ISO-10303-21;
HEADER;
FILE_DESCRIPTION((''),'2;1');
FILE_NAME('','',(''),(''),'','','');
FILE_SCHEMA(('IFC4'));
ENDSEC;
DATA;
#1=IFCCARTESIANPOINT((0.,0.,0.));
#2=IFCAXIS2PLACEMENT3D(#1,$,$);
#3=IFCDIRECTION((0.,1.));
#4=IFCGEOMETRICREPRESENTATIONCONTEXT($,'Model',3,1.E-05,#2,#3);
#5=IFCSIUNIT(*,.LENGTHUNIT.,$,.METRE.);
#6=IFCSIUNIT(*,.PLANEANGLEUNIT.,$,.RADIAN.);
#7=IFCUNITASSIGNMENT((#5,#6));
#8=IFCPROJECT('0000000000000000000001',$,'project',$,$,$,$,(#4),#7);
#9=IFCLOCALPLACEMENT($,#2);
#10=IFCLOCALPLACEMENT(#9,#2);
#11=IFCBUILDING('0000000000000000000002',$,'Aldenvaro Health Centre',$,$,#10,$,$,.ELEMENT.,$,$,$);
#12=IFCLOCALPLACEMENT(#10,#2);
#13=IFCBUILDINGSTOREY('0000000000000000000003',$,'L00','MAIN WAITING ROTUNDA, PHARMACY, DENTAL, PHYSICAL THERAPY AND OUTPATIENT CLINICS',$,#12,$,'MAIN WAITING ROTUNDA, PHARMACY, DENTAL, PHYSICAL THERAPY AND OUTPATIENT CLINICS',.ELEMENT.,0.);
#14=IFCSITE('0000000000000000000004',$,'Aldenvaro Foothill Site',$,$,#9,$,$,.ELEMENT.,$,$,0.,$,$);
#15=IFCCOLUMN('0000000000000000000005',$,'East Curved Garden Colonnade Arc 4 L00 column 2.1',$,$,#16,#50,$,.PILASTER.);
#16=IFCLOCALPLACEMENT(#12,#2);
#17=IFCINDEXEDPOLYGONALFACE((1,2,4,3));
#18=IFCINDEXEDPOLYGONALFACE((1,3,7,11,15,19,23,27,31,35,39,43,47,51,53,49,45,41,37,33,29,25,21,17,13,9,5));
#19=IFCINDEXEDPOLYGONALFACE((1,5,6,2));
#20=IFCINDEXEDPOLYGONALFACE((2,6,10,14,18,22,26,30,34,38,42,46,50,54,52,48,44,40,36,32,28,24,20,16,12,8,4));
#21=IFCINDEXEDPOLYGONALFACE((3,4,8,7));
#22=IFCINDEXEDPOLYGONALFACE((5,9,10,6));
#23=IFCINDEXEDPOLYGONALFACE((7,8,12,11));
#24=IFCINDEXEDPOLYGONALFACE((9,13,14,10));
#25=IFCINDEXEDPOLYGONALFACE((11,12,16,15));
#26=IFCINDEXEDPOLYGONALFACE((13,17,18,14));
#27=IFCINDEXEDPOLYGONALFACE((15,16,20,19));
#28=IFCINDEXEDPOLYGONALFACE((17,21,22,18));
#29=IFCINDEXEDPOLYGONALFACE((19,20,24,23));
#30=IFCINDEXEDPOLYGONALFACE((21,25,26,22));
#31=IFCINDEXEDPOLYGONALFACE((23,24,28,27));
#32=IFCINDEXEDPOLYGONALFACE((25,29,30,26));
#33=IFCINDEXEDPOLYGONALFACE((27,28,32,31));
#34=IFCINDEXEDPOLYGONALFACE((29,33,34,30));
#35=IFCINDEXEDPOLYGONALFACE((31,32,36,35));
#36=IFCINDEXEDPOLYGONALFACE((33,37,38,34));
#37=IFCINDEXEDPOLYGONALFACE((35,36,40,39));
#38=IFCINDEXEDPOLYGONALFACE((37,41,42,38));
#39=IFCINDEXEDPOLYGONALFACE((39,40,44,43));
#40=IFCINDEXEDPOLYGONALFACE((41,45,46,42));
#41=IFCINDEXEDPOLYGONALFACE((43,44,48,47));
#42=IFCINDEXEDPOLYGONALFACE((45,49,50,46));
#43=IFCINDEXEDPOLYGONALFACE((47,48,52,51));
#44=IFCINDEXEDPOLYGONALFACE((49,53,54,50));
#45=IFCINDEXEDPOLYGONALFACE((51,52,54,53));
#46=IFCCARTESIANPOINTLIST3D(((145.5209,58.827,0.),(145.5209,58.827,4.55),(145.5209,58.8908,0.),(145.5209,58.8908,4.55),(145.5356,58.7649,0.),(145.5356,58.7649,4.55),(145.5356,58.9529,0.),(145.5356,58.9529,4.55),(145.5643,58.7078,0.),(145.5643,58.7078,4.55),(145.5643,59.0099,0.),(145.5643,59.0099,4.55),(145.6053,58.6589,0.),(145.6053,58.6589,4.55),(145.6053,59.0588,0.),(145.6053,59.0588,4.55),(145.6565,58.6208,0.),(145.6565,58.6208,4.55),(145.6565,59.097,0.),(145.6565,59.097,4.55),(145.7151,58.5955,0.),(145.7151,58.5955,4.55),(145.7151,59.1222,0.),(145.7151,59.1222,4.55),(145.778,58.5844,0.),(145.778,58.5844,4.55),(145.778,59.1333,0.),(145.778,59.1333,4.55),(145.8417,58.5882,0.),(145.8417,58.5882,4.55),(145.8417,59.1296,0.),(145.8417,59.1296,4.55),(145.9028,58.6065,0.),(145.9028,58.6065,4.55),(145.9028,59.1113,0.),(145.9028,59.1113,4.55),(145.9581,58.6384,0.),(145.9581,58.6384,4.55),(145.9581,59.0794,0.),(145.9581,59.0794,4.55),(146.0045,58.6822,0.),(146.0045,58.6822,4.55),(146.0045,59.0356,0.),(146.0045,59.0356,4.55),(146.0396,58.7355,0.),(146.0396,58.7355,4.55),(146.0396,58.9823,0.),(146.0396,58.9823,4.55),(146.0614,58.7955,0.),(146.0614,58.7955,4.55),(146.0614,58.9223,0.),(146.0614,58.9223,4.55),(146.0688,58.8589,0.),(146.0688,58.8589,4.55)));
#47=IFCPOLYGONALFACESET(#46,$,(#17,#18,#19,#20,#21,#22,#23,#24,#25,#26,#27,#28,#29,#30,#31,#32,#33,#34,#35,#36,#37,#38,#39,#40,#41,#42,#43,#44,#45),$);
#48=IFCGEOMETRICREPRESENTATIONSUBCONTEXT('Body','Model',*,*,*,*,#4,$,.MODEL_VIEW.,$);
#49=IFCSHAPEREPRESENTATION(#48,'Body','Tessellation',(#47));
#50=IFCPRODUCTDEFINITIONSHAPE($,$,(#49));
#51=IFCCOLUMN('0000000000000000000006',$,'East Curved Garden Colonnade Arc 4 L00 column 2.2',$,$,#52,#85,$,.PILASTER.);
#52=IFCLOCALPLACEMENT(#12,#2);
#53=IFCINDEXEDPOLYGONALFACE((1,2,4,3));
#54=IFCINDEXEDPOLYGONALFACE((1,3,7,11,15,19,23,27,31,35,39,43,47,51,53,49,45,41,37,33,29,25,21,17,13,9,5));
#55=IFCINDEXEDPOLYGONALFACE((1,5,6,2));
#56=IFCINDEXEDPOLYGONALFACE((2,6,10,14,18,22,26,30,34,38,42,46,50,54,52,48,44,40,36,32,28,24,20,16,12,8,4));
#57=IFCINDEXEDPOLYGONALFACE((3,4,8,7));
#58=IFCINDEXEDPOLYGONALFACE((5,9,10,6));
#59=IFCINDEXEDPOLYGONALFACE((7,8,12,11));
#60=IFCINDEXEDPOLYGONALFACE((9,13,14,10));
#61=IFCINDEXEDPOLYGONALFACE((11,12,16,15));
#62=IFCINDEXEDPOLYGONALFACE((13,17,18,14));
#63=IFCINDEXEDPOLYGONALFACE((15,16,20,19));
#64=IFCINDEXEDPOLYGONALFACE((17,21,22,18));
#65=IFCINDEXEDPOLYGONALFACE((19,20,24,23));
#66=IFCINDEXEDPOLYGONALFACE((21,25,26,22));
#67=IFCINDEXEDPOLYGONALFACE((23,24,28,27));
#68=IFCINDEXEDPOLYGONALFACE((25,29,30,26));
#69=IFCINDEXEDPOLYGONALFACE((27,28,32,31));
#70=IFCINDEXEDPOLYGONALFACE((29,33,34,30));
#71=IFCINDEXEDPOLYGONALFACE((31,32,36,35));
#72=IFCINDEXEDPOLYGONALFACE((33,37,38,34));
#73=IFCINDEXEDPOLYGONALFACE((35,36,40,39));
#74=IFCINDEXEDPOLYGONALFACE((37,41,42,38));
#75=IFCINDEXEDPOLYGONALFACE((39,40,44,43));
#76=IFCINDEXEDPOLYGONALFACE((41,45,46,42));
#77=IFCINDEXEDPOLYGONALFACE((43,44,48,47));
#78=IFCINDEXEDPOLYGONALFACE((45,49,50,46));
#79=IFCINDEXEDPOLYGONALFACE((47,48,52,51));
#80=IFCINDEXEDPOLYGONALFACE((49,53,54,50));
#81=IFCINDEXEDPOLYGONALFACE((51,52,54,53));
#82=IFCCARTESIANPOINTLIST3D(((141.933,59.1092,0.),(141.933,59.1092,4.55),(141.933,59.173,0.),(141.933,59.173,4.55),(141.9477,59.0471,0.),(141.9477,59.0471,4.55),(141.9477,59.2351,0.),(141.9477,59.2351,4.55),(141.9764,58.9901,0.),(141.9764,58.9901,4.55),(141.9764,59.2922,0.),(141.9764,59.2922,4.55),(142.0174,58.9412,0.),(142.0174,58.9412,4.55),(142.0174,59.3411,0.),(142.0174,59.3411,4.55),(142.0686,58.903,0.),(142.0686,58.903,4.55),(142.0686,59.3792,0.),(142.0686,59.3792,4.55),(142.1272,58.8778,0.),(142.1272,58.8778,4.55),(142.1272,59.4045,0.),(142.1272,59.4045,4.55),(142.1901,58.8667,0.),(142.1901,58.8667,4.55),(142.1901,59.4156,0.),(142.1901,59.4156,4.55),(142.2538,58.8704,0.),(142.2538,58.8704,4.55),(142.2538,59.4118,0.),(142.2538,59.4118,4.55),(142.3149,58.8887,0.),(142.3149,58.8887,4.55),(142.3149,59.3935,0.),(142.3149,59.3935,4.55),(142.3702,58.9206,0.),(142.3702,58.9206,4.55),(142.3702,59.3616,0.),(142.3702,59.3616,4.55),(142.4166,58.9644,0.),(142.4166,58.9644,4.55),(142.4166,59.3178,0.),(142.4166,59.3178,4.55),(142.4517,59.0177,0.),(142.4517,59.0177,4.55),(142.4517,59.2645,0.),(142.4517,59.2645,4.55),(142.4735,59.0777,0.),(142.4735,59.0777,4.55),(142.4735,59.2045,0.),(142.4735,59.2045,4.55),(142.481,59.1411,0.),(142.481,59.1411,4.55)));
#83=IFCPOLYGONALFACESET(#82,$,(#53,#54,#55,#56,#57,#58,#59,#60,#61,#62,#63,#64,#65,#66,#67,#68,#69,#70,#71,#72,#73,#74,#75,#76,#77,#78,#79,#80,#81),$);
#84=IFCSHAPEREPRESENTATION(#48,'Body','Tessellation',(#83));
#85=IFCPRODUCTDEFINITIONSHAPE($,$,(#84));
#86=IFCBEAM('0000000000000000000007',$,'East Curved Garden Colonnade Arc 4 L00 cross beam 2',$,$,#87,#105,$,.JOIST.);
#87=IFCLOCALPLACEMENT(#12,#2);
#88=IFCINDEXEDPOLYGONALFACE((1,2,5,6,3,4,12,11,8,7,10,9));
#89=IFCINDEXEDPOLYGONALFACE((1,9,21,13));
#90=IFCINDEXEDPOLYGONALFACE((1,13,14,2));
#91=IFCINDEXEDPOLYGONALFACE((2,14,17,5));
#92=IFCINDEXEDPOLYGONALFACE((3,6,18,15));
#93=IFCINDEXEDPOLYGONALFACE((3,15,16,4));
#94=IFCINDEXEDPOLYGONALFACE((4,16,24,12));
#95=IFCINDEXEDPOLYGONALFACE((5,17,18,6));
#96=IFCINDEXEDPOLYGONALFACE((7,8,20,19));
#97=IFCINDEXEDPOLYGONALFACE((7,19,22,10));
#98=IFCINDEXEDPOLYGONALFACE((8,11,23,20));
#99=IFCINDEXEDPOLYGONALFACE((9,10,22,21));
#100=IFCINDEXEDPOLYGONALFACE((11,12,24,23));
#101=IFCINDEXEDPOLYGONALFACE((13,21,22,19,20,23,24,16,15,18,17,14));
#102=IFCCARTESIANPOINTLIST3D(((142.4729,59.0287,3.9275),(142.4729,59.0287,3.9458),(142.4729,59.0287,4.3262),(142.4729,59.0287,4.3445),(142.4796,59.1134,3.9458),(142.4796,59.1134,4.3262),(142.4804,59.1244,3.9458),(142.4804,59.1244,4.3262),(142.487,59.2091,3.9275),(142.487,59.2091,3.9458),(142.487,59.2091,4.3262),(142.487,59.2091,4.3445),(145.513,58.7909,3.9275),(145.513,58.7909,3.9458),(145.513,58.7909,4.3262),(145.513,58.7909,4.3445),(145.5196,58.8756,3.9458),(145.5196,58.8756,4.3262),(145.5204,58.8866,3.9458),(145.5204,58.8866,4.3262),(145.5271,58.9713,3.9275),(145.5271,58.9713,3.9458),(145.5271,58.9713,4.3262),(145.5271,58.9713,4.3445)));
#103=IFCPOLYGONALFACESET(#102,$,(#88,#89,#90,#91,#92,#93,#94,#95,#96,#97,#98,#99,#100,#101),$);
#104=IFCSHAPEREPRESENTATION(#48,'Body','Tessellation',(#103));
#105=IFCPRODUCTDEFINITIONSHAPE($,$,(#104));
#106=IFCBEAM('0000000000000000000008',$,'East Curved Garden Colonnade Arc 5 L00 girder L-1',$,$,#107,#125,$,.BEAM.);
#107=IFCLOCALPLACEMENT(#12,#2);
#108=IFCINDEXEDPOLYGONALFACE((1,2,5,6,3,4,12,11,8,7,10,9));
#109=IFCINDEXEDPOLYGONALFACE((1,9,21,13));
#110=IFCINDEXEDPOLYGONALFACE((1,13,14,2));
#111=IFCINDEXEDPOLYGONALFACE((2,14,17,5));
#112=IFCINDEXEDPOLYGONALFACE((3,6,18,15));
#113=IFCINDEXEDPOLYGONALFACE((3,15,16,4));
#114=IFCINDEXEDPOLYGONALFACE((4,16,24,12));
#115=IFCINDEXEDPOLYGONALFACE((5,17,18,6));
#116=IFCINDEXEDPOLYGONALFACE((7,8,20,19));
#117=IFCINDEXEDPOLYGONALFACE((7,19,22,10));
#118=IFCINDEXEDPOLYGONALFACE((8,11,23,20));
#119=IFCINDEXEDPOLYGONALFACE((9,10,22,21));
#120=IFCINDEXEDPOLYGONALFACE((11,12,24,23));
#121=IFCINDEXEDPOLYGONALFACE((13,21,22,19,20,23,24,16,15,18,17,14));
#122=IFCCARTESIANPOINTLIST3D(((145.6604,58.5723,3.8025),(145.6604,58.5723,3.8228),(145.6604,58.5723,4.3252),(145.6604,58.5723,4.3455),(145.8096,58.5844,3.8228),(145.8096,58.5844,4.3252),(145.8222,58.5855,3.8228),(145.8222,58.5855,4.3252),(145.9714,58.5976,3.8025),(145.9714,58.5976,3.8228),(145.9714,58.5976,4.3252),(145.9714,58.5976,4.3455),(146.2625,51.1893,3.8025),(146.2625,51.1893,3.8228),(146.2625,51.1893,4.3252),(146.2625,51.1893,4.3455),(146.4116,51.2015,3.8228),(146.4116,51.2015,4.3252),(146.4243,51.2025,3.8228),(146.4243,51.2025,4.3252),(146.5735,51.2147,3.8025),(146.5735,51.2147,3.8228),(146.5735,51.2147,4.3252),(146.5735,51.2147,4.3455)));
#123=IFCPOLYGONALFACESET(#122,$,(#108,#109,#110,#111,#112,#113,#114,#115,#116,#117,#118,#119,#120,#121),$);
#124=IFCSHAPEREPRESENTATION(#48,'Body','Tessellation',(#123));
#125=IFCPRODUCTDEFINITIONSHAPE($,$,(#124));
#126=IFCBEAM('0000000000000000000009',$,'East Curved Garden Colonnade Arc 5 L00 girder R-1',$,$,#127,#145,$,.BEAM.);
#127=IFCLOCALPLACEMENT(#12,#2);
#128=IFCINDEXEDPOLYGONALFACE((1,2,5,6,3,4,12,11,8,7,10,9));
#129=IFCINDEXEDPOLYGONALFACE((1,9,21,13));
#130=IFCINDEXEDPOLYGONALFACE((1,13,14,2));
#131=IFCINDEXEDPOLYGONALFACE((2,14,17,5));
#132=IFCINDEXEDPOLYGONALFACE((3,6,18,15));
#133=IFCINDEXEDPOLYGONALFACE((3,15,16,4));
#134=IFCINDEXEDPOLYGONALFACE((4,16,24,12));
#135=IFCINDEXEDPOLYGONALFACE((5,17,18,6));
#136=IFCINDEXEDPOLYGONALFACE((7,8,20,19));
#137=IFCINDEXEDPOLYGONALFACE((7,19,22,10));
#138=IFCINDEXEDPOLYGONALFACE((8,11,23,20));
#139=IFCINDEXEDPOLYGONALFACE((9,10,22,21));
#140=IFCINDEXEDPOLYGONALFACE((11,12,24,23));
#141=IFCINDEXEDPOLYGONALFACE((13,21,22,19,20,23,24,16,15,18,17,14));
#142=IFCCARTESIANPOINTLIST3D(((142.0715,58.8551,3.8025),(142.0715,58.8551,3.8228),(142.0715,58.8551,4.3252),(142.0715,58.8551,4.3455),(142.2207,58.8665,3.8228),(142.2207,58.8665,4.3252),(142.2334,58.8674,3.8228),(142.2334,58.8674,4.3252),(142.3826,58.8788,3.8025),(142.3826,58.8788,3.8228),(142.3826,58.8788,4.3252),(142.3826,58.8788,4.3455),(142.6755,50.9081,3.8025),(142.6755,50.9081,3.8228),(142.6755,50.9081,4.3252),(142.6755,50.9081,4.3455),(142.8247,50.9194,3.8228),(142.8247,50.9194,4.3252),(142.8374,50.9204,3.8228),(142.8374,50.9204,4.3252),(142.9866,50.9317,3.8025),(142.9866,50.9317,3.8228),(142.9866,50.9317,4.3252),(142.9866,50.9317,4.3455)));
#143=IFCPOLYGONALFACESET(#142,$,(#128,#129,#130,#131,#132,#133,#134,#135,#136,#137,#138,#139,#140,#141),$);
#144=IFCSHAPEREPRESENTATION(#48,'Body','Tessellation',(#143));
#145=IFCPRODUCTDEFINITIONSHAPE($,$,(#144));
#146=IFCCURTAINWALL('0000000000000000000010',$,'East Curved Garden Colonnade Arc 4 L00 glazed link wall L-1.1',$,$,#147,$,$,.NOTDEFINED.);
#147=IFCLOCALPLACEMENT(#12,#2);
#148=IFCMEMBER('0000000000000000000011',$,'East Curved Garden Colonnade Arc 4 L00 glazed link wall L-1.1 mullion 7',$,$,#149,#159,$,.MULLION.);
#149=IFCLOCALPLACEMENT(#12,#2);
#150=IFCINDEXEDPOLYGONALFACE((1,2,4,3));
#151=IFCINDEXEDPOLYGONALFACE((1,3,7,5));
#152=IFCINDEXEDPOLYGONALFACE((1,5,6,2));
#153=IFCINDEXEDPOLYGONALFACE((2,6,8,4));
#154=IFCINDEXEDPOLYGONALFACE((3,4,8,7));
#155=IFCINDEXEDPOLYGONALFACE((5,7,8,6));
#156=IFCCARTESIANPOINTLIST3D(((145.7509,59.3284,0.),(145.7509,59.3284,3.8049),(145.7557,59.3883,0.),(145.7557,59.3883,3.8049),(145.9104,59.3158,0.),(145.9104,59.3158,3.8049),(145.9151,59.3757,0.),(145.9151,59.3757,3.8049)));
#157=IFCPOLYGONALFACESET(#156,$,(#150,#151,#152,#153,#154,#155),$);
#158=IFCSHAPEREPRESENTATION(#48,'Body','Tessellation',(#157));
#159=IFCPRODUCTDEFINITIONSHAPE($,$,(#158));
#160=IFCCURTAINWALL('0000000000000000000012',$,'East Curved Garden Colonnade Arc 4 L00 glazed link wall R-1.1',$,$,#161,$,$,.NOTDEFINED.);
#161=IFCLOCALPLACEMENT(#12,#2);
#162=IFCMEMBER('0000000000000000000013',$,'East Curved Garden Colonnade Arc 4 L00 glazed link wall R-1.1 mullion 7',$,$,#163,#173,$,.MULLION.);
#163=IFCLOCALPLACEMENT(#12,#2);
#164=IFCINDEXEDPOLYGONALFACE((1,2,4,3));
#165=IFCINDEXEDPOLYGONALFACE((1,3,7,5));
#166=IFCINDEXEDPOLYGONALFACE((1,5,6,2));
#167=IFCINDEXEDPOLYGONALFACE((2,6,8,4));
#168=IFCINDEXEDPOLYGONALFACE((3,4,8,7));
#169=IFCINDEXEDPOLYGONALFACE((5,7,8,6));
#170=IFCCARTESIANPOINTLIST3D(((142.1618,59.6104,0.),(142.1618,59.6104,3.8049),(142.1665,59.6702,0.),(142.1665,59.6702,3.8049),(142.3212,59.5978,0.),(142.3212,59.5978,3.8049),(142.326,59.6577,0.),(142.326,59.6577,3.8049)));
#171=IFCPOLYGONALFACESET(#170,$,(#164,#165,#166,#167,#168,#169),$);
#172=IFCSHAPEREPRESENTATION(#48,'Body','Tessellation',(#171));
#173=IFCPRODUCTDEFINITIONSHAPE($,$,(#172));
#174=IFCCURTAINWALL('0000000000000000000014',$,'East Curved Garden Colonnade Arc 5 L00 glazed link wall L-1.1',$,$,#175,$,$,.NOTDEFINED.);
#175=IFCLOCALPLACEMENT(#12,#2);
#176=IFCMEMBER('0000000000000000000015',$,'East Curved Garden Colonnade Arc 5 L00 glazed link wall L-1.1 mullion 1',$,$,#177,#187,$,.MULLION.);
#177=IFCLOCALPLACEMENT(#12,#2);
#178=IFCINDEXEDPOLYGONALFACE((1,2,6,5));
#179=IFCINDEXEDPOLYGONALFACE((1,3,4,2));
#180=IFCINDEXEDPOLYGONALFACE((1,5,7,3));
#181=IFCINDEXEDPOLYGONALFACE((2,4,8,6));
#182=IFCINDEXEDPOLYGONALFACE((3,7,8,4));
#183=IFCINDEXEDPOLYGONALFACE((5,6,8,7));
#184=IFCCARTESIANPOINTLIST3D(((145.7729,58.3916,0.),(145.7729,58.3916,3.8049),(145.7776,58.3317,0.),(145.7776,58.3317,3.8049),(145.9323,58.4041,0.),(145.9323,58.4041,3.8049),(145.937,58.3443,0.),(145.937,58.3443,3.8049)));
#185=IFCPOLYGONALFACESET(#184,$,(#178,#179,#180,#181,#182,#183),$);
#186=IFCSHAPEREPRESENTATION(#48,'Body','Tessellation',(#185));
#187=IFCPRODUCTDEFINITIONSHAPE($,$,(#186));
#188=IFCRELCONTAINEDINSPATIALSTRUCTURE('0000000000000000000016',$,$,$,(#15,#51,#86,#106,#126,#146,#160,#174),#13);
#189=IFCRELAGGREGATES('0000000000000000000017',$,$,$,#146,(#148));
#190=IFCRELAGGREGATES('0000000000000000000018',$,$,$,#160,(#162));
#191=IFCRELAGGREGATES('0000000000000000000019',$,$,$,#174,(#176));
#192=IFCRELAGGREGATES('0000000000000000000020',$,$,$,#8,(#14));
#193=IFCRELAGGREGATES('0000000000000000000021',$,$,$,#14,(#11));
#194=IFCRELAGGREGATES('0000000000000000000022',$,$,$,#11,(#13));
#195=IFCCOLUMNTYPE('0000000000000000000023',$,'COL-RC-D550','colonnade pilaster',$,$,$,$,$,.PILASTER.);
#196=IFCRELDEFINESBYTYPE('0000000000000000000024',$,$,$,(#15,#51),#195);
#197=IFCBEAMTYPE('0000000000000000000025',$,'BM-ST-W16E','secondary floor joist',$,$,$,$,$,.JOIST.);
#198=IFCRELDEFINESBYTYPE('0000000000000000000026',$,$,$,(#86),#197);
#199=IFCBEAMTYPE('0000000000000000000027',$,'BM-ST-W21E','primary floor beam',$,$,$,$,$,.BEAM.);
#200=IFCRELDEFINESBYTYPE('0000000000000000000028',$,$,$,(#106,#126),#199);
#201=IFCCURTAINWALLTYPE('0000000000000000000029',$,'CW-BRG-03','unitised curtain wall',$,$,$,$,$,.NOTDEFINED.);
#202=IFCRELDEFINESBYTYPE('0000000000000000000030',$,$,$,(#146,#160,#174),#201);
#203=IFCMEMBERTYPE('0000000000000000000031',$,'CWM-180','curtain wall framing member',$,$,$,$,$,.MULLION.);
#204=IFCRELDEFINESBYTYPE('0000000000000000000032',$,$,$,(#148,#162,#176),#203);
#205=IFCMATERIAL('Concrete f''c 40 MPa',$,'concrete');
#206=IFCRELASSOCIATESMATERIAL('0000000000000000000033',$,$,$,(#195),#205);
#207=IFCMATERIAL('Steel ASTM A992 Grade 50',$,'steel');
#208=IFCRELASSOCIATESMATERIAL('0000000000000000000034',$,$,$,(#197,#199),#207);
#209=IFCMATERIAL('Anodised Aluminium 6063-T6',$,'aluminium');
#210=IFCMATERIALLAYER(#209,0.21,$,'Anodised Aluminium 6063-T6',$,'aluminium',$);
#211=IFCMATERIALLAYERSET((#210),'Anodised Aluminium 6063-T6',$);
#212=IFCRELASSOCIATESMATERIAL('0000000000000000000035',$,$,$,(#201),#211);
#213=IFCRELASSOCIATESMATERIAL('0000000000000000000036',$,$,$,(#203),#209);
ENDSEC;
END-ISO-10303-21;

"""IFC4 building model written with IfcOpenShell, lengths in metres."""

from ifc_helpers import new_model, si_unit, direction, frame, origin, origin_2d, place, context, subcontext, project, spatial, rectangle, circle, i_section, extrude, material, layer, layer_set, material_profile, profile_set, type_object, element, aggregate, save


model = new_model("IFC4")

# Units and contexts
model_context = context("Model", 3, precision=1e-05, world=origin(), true_north=direction((0.0, 1.0)))
body_context = subcontext(model_context, "Body", "Model", "MODEL_VIEW")
ifc_project = project(units=[si_unit("LENGTHUNIT", "METRE"), si_unit("PLANEANGLEUNIT", "RADIAN")], contexts=[model_context])

# Site, building, storey
site_placement = place(None, origin())
site = spatial("IfcSite", under=ifc_project, at=site_placement, Name="Aldenvaro Foothill Site", CompositionType="ELEMENT", RefElevation=0.0)
building_placement = place(site_placement, origin())
building = spatial("IfcBuilding", under=site, at=building_placement, Name="Aldenvaro Health Centre", CompositionType="ELEMENT")
storey_placement = place(building_placement, origin())
storey = spatial("IfcBuildingStorey", under=building, at=storey_placement, Name="L00", Description="MAIN WAITING ROTUNDA, PHARMACY, DENTAL, PHYSICAL THERAPY AND OUTPATIENT CLINICS", LongName="MAIN WAITING ROTUNDA, PHARMACY, DENTAL, PHYSICAL THERAPY AND OUTPATIENT CLINICS", CompositionType="ELEMENT", Elevation=0.0)

# Columns
ifc_material_1 = material(Name="Concrete f'c 40 MPa", Category="concrete")
ifc_material_profile_1 = material_profile(ifc_material_1, circle(Radius=0.2749, at=origin_2d()), Name="RC D550", Category="concrete")
ifc_profile_set_1 = profile_set([ifc_material_profile_1], Name="Concrete f'c 40 MPa")
column_type = type_object("IfcColumnType", Name="COL-RC-D550", Description="colonnade pilaster", PredefinedType="PILASTER", material=ifc_profile_set_1)
for number, where, z_axis, x_axis, name in (
    (1, (145.7939, 58.8589, 0.0), (0.0, 0.0, 1.0), (1.0, 0.0, 0.0), "East Curved Garden Colonnade Arc 4 L00 column 2.1"),
    (2, (142.2061, 59.1411, 0.0), (0.0, 0.0, 1.0), (1.0, 0.0, 0.0), "East Curved Garden Colonnade Arc 4 L00 column 2.2"),
):
    element("IfcColumn", number, at=place(storey_placement, frame(where, z_axis=z_axis, x_axis=x_axis)), inside=storey, type_object=column_type, Name=name, PredefinedType="PILASTER", context=body_context, shape_type="SweptSolid", body=[
        extrude(circle(Radius=0.2749, at=origin_2d()), origin(), (0.0, 0.0, 1.0), 4.55),
    ])

# Beams
ifc_material_2 = material(Name="Steel ASTM A992 Grade 50", Category="steel")
ifc_material_profile_2 = material_profile(ifc_material_2, i_section(OverallWidth=0.1809, OverallDepth=0.417, WebThickness=0.011, FlangeThickness=0.0183, at=origin_2d()), Name="W16X57", Category="steel")
ifc_profile_set_2 = profile_set([ifc_material_profile_2], Name="Steel ASTM A992 Grade 50")
beam_type_1 = type_object("IfcBeamType", Name="BM-ST-W16E", Description="secondary floor joist", PredefinedType="JOIST", material=ifc_profile_set_2)
beam_1_placement = place(storey_placement, frame((145.52, 58.8811, 4.136), z_axis=(-0.996955, 0.077982, 0.0), x_axis=(-0.077982, -0.996955, 0.0)))
element("IfcBeam", 3, at=beam_1_placement, inside=storey, type_object=beam_type_1, Name="East Curved Garden Colonnade Arc 4 L00 cross beam 2", PredefinedType="JOIST", context=body_context, shape_type="SweptSolid", body=[
    extrude(i_section(OverallWidth=0.1809, OverallDepth=0.417, WebThickness=0.011, FlangeThickness=0.0183, at=origin_2d()), origin(), (0.0, 0.0, 1.0), 3.0493),
])
ifc_material_profile_3 = material_profile(ifc_material_2, i_section(OverallWidth=0.312, OverallDepth=0.543, WebThickness=0.0127, FlangeThickness=0.0203, at=origin_2d()), Name="W21X101", Category="steel")
ifc_profile_set_3 = profile_set([ifc_material_profile_3], Name="Steel ASTM A992 Grade 50")
beam_type_2 = type_object("IfcBeamType", Name="BM-ST-W21E", Description="primary floor beam", PredefinedType="BEAM", material=ifc_profile_set_3)
beam_2_placement = place(storey_placement, frame((145.8159, 58.585, 4.074), z_axis=(0.081275, -0.996692, 0.0), x_axis=(0.996692, 0.081275, 0.0)))
element("IfcBeam", 4, at=beam_2_placement, inside=storey, type_object=beam_type_2, Name="East Curved Garden Colonnade Arc 5 L00 girder L-1", PredefinedType="BEAM", context=body_context, shape_type="SweptSolid", body=[
    extrude(i_section(OverallWidth=0.312, OverallDepth=0.543, WebThickness=0.0127, FlangeThickness=0.0203, at=origin_2d()), origin(), (0.0, 0.0, 1.0), 7.4075),
])
beam_3_placement = place(storey_placement, frame((142.2271, 58.8669, 4.074), z_axis=(0.075785, -0.997124, 0.0), x_axis=(0.997124, 0.075785, 0.0)))
element("IfcBeam", 5, at=beam_3_placement, inside=storey, type_object=beam_type_2, Name="East Curved Garden Colonnade Arc 5 L00 girder R-1", PredefinedType="BEAM", context=body_context, shape_type="SweptSolid", body=[
    extrude(i_section(OverallWidth=0.312, OverallDepth=0.543, WebThickness=0.0127, FlangeThickness=0.0203, at=origin_2d()), origin(), (0.0, 0.0, 1.0), 7.97),
])

# Curtain walls, members
ifc_material_3 = material(Name="Anodised Aluminium 6063-T6", Category="aluminium")
ifc_layer_1 = layer(ifc_material_3, 0.21, Name="Anodised Aluminium 6063-T6", Category="aluminium")
ifc_layer_set_1 = layer_set([ifc_layer_1], Name="Anodised Aluminium 6063-T6")
curtain_wall_type = type_object("IfcCurtainWallType", Name="CW-BRG-03", Description="unitised curtain wall", PredefinedType="NOTDEFINED", material=ifc_layer_set_1)
curtain_wall_1_placement = place(storey_placement, origin())
curtain_wall_1 = element("IfcCurtainWall", 6, at=curtain_wall_1_placement, inside=storey, type_object=curtain_wall_type, Name="East Curved Garden Colonnade Arc 4 L00 glazed link wall L-1.1", PredefinedType="NOTDEFINED")
ifc_material_profile_4 = material_profile(ifc_material_3, rectangle(XDim=0.0601, YDim=0.1599, at=origin_2d()), Name="ALU 60x160", Category="aluminium")
ifc_profile_set_4 = profile_set([ifc_material_profile_4], Name="Anodised Aluminium 6063-T6")
member_type_1 = type_object("IfcMemberType", Name="CWM-180", Description="curtain wall framing member", PredefinedType="MULLION", material=ifc_profile_set_4)
member_1_placement = place(storey_placement, frame((145.833, 59.3521, 0.0), z_axis=(0.0, 0.0, 1.0), x_axis=(-0.078496, -0.996914, 0.0)))
member_1 = element("IfcMember", 7, at=member_1_placement, type_object=member_type_1, Name="East Curved Garden Colonnade Arc 4 L00 glazed link wall L-1.1 mullion 7", PredefinedType="MULLION", context=body_context, shape_type="SweptSolid", body=[
    extrude(rectangle(XDim=0.0601, YDim=0.1599, at=origin_2d()), origin(), (0.0, 0.0, 1.0), 3.8049),
])
curtain_wall_2_placement = place(storey_placement, origin())
curtain_wall_2 = element("IfcCurtainWall", 8, at=curtain_wall_2_placement, inside=storey, type_object=curtain_wall_type, Name="East Curved Garden Colonnade Arc 4 L00 glazed link wall R-1.1", PredefinedType="NOTDEFINED")
member_2_placement = place(storey_placement, frame((142.2439, 59.634, 0.0), z_axis=(0.0, 0.0, 1.0), x_axis=(-0.078513, -0.996913, 0.0)))
member_2 = element("IfcMember", 9, at=member_2_placement, type_object=member_type_1, Name="East Curved Garden Colonnade Arc 4 L00 glazed link wall R-1.1 mullion 7", PredefinedType="MULLION", context=body_context, shape_type="SweptSolid", body=[
    extrude(rectangle(XDim=0.0601, YDim=0.1599, at=origin_2d()), origin(), (0.0, 0.0, 1.0), 3.8049),
])

# Curtain wall, member
curtain_wall_3_placement = place(storey_placement, origin())
curtain_wall_3 = element("IfcCurtainWall", 10, at=curtain_wall_3_placement, inside=storey, type_object=curtain_wall_type, Name="East Curved Garden Colonnade Arc 5 L00 glazed link wall L-1.1", PredefinedType="NOTDEFINED")
member_3_placement = place(storey_placement, frame((145.855, 58.3679, 0.0), z_axis=(0.0, 0.0, 1.0), x_axis=(0.078496, -0.996914, 0.0)))
member_3 = element("IfcMember", 11, at=member_3_placement, type_object=member_type_1, Name="East Curved Garden Colonnade Arc 5 L00 glazed link wall L-1.1 mullion 1", PredefinedType="MULLION", context=body_context, shape_type="SweptSolid", body=[
    extrude(rectangle(XDim=0.0601, YDim=0.1599, at=origin_2d()), origin(), (0.0, 0.0, 1.0), 3.8049),
])

aggregate(curtain_wall_1, [member_1])
aggregate(curtain_wall_2, [member_2])
aggregate(curtain_wall_3, [member_3])

save(model, "model.ifc")
